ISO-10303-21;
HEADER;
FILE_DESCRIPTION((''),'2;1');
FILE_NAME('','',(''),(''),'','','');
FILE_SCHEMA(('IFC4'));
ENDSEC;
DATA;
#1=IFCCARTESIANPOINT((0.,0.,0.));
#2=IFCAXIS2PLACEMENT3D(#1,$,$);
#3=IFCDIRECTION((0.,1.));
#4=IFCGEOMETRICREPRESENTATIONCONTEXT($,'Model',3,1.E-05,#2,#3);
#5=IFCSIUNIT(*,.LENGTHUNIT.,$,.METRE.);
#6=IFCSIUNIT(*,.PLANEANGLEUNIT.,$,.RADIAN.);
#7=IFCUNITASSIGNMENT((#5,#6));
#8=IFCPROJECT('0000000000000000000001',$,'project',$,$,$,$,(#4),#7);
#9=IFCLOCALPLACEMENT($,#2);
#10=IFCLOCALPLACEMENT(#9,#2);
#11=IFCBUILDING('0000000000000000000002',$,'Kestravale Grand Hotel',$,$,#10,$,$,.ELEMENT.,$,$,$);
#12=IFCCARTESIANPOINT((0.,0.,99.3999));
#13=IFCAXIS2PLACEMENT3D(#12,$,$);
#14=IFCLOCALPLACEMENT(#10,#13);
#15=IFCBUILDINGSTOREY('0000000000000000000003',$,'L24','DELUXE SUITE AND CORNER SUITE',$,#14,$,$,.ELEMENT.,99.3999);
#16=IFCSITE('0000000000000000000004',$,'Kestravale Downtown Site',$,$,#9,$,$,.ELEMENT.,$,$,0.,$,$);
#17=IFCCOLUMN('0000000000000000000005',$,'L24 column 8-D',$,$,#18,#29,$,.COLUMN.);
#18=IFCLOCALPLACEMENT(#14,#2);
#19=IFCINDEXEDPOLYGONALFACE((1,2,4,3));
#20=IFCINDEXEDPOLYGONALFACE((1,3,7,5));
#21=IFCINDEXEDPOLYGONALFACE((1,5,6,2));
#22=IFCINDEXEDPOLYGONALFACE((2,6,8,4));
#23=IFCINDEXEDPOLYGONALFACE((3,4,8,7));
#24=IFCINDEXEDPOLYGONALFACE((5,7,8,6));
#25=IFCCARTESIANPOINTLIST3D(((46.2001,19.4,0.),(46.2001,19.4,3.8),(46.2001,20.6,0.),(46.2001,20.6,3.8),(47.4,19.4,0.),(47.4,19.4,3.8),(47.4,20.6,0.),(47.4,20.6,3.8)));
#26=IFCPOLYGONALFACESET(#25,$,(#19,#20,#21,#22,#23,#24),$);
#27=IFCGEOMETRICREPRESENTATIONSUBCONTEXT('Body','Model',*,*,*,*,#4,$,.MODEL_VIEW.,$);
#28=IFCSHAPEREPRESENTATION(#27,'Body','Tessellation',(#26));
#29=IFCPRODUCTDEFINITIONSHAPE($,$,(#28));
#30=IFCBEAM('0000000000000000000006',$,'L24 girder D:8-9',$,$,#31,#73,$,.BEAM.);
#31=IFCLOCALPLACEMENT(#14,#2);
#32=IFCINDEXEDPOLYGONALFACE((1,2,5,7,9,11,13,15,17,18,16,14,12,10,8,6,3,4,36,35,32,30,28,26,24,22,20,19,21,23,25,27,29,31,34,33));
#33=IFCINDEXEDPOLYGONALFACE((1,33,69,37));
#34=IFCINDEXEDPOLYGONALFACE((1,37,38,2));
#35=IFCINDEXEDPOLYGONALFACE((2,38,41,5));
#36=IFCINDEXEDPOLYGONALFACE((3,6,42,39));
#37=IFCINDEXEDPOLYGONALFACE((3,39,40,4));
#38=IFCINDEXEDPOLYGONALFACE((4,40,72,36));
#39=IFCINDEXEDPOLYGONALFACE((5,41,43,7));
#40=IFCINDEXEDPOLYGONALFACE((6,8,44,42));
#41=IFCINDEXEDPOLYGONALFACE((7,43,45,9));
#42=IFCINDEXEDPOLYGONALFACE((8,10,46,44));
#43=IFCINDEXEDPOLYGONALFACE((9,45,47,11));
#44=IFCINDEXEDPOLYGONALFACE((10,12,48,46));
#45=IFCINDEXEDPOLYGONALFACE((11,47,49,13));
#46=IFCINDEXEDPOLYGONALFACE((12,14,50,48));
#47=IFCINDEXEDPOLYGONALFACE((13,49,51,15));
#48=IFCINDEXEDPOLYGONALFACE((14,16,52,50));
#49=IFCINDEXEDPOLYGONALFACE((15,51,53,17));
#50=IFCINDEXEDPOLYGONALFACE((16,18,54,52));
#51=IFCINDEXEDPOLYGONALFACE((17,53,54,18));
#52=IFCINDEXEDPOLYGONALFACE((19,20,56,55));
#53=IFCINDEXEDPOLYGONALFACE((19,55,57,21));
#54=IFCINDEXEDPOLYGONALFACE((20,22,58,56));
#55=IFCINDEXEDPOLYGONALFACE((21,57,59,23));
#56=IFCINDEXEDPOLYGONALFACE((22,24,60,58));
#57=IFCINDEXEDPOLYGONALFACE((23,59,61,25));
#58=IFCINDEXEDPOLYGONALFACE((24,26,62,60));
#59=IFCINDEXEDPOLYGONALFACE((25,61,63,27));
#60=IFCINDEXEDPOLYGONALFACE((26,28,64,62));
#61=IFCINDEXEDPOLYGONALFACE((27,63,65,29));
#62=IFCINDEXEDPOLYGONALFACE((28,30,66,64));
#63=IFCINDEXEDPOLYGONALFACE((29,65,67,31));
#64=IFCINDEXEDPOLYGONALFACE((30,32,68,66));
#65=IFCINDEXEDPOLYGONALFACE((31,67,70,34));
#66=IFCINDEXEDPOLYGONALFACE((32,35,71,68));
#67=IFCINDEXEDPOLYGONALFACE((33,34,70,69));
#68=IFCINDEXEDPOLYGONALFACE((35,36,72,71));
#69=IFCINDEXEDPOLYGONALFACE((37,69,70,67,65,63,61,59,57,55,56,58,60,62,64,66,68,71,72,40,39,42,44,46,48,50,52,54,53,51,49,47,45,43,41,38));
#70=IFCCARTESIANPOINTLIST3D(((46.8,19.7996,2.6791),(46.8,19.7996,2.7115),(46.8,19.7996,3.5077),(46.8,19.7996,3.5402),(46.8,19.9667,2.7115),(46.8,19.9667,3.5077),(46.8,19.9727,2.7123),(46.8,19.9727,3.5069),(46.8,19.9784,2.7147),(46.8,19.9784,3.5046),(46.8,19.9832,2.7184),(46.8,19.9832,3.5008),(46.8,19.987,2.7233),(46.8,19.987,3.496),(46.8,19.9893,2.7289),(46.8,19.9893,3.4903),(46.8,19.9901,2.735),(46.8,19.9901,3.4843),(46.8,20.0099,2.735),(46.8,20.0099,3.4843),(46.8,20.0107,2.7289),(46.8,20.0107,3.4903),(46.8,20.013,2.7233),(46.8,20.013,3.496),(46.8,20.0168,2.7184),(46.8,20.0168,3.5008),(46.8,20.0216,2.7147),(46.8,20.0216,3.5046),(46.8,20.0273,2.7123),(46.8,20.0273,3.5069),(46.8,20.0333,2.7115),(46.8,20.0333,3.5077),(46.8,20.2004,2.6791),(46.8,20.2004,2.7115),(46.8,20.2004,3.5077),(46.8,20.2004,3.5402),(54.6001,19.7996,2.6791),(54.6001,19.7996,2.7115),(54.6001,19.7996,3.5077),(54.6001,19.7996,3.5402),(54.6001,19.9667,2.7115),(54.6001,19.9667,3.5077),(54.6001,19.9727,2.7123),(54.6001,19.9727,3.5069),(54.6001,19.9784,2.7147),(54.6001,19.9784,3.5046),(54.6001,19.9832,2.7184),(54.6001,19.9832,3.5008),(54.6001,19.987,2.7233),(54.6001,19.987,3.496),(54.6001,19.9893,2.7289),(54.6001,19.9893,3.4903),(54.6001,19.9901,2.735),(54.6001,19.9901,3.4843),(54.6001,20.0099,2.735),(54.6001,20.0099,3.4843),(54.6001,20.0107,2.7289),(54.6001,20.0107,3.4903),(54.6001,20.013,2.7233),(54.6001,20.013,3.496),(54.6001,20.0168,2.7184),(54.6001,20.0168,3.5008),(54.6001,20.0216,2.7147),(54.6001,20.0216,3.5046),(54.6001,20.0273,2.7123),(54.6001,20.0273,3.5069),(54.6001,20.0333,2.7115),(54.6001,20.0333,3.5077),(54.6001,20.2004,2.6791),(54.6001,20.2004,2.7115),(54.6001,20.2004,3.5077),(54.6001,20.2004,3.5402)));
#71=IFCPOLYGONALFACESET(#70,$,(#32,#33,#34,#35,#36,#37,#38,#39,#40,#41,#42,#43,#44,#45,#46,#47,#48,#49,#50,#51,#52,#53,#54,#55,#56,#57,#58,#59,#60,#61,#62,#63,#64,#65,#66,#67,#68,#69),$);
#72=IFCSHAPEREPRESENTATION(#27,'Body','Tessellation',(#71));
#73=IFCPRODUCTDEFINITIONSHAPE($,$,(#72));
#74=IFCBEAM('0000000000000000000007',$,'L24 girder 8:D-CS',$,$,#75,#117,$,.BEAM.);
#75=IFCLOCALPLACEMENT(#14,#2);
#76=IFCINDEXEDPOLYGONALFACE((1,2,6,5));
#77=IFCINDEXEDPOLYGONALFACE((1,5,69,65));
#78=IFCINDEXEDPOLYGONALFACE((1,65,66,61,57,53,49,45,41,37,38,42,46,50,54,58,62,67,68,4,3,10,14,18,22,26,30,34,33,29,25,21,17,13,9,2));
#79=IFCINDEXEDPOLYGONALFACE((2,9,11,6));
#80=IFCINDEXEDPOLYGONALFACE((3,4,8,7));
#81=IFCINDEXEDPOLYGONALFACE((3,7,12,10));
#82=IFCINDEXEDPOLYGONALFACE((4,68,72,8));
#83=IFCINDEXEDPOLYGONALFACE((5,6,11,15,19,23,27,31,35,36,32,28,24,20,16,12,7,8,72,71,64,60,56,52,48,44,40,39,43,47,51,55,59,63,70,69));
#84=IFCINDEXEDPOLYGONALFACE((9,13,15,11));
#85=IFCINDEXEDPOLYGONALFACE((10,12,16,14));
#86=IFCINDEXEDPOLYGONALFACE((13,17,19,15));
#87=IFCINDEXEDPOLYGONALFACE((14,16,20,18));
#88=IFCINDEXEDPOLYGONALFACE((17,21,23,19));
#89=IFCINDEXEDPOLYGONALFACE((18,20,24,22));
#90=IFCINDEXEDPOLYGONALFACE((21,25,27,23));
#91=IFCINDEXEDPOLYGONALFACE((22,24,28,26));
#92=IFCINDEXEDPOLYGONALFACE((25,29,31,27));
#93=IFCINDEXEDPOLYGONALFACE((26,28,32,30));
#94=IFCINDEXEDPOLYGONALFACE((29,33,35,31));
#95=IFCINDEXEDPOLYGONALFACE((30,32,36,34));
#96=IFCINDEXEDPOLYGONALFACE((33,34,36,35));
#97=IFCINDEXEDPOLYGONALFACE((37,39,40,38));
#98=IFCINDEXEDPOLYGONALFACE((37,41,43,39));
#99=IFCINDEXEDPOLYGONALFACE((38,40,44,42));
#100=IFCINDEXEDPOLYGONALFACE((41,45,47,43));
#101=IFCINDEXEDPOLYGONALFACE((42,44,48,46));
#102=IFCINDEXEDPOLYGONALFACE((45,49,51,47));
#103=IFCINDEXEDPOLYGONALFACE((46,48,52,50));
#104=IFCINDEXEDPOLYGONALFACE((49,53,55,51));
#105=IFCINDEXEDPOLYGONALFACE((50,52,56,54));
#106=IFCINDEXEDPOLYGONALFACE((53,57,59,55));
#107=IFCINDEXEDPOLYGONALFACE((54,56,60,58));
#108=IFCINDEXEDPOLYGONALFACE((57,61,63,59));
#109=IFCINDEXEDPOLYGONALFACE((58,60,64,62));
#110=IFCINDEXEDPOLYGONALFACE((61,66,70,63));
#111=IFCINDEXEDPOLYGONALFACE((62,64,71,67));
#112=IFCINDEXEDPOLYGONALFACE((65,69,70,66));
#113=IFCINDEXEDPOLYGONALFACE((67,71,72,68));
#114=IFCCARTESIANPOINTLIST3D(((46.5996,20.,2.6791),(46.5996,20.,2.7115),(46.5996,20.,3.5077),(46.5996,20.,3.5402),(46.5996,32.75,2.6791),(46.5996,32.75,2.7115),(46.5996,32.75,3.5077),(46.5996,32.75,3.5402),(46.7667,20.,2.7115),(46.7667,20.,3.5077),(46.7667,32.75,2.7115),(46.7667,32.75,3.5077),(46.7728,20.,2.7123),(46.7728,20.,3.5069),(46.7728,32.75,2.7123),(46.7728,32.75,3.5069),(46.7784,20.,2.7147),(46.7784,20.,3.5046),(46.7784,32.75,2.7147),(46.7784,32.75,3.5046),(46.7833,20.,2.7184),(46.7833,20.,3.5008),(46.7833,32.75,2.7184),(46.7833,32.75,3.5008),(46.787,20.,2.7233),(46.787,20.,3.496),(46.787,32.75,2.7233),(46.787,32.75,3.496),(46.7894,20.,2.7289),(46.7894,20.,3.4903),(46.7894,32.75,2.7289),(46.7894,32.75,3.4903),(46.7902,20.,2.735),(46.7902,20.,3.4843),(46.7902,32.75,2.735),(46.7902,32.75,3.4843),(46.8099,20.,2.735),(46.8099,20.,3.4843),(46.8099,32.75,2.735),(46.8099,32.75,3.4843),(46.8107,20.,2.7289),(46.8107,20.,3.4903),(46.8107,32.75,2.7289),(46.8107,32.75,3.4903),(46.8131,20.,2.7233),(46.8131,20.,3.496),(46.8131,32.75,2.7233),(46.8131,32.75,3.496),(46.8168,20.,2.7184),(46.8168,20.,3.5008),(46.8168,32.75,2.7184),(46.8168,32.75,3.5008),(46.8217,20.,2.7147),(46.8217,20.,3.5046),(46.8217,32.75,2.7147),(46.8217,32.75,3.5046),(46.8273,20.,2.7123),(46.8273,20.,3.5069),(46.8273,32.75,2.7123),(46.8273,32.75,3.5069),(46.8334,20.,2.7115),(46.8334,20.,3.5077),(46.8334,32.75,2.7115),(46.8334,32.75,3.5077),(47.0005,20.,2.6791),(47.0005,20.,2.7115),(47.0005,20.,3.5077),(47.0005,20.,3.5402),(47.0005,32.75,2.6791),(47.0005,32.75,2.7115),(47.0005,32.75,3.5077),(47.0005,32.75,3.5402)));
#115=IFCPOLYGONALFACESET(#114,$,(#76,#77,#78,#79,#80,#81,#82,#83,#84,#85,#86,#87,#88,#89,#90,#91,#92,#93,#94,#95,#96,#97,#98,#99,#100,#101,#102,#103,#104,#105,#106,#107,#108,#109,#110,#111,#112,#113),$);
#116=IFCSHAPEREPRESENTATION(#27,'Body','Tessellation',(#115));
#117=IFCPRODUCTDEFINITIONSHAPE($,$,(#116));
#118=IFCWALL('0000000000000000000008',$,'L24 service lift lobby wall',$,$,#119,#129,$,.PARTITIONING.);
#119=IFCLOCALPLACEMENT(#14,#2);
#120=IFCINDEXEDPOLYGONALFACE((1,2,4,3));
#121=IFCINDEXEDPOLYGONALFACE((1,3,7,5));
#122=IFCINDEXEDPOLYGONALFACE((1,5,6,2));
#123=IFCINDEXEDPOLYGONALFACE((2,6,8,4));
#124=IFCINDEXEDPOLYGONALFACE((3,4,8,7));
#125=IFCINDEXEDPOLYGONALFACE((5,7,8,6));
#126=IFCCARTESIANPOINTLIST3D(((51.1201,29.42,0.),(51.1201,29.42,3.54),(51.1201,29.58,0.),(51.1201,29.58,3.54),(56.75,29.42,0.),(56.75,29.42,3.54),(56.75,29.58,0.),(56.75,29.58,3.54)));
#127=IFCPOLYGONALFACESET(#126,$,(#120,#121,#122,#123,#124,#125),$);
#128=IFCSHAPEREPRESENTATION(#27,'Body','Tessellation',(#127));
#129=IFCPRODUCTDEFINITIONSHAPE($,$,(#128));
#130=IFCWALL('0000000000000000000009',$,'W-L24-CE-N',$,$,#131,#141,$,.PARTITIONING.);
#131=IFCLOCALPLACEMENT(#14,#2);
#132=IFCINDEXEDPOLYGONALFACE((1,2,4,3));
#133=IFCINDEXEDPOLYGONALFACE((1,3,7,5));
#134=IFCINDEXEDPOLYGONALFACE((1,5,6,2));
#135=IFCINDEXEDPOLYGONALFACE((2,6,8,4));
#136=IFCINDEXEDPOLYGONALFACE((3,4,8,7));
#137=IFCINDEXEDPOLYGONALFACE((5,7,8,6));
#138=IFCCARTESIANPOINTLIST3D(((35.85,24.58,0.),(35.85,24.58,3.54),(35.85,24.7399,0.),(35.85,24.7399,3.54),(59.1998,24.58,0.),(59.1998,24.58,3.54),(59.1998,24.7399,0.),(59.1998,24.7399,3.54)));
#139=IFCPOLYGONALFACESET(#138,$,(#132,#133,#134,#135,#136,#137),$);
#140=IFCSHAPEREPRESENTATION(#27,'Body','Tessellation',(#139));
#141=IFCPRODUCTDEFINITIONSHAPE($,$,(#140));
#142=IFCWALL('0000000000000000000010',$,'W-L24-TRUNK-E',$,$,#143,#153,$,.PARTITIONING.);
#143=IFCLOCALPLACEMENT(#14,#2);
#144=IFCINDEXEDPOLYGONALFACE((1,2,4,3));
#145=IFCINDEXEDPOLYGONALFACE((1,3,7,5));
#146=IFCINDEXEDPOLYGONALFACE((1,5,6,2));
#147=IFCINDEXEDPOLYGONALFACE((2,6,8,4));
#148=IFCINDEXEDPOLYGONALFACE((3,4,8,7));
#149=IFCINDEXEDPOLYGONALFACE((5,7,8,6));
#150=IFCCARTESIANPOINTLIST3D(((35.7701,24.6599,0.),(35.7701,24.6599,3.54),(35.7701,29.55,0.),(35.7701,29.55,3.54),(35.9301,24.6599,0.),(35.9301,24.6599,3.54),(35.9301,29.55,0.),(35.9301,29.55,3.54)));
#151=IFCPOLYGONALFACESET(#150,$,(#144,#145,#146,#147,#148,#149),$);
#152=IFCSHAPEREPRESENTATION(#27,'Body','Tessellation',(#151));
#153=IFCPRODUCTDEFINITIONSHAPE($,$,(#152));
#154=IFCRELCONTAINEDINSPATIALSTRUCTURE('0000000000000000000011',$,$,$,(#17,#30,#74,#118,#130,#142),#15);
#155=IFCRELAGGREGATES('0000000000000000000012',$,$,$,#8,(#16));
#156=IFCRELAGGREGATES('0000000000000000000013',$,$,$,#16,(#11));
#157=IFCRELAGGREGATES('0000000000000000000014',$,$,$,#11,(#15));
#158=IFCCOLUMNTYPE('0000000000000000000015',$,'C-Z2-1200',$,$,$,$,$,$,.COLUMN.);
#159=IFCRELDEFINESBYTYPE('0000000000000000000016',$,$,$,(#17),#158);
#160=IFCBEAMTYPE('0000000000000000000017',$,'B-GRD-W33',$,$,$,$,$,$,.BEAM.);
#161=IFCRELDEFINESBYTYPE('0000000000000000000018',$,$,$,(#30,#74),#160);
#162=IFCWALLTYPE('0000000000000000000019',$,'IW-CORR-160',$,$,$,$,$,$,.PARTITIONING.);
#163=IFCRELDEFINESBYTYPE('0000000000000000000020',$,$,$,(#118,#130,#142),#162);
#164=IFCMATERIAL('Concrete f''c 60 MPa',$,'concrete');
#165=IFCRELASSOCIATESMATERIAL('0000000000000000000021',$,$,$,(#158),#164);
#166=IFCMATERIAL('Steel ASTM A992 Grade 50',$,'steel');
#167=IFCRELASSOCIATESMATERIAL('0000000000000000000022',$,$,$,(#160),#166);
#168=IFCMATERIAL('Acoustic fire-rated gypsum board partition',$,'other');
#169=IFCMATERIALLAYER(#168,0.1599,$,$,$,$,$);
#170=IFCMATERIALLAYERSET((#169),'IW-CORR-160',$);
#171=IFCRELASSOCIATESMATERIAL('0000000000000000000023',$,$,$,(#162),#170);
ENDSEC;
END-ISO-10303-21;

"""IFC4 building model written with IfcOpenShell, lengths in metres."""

from ifc_helpers import new_model, si_unit, direction, frame, frame_2d, origin, origin_2d, place, context, subcontext, project, spatial, rectangle, i_section, extrude, material, layer, layer_set, material_profile, profile_set, type_object, element, save


model = new_model("IFC4")

# Units and contexts
model_context = context("Model", 3, precision=1e-05, world=origin(), true_north=direction((0.0, 1.0)))
body_context = subcontext(model_context, "Body", "Model", "MODEL_VIEW")
ifc_project = project(units=[si_unit("LENGTHUNIT", "METRE"), si_unit("PLANEANGLEUNIT", "RADIAN")], contexts=[model_context])

# Site, building, storey
site_placement = place(None, origin())
site = spatial("IfcSite", under=ifc_project, at=site_placement, Name="Kestravale Downtown Site", CompositionType="ELEMENT", RefElevation=0.0)
building_placement = place(site_placement, origin())
building = spatial("IfcBuilding", under=site, at=building_placement, Name="Kestravale Grand Hotel", CompositionType="ELEMENT")
storey_placement = place(building_placement, frame((0.0, 0.0, 99.3999)))
storey = spatial("IfcBuildingStorey", under=building, at=storey_placement, Name="L24", Description="DELUXE SUITE AND CORNER SUITE", CompositionType="ELEMENT", Elevation=99.3999)

# Column
ifc_material_1 = material(Name="Concrete f'c 60 MPa", Category="concrete")
ifc_material_profile_1 = material_profile(ifc_material_1, rectangle(XDim=1.2, YDim=1.2, at=origin_2d()))
ifc_profile_set_1 = profile_set([ifc_material_profile_1], Name="Concrete f'c 60 MPa")
column_type = type_object("IfcColumnType", Name="C-Z2-1200", PredefinedType="COLUMN", material=ifc_profile_set_1)
column_placement = place(storey_placement, frame((46.8, 20.0, 0.0), z_axis=(0.0, 0.0, 1.0), x_axis=(1.0, 0.0, 0.0)))
element("IfcColumn", 1, at=column_placement, inside=storey, type_object=column_type, Name="L24 column 8-D", PredefinedType="COLUMN", context=body_context, shape_type="SweptSolid", body=[
    extrude(rectangle(XDim=1.2, YDim=1.2, at=origin_2d()), origin(), (0.0, 0.0, 1.0), 3.8),
])

# Beams
ifc_material_2 = material(Name="Steel ASTM A992 Grade 50", Category="steel")
ifc_material_profile_2 = material_profile(ifc_material_2, i_section(OverallWidth=0.4009, OverallDepth=0.8611, WebThickness=0.0198, FlangeThickness=0.0325, FilletRadius=0.0234, at=origin_2d()))
ifc_profile_set_2 = profile_set([ifc_material_profile_2], Name="Steel ASTM A992 Grade 50")
beam_type = type_object("IfcBeamType", Name="B-GRD-W33", PredefinedType="BEAM", material=ifc_profile_set_2)
beam_1_placement = place(storey_placement, frame((46.8, 20.0, 3.1096), z_axis=(1.0, 0.0, 0.0), x_axis=(0.0, 1.0, 0.0)))
element("IfcBeam", 2, at=beam_1_placement, inside=storey, type_object=beam_type, Name="L24 girder D:8-9", PredefinedType="BEAM", context=body_context, shape_type="SweptSolid", body=[
    extrude(i_section(OverallWidth=0.4009, OverallDepth=0.8611, WebThickness=0.0198, FlangeThickness=0.0325, FilletRadius=0.0234, at=origin_2d()), origin(), (0.0, 0.0, 1.0), 7.8),
])
beam_2_placement = place(storey_placement, frame((46.8, 20.0, 3.1096), z_axis=(0.0, 1.0, 0.0), x_axis=(-1.0, 0.0, 0.0)))
element("IfcBeam", 3, at=beam_2_placement, inside=storey, type_object=beam_type, Name="L24 girder 8:D-CS", PredefinedType="BEAM", context=body_context, shape_type="SweptSolid", body=[
    extrude(i_section(OverallWidth=0.4009, OverallDepth=0.8611, WebThickness=0.0198, FlangeThickness=0.0325, FilletRadius=0.0234, at=origin_2d()), origin(), (0.0, 0.0, 1.0), 12.75),
])

# Shared definitions
ifc_material_3 = material(Name="Acoustic fire-rated gypsum board partition", Category="other")
ifc_layer_1 = layer(ifc_material_3, 0.1599)
ifc_layer_set_1 = layer_set([ifc_layer_1], Name="IW-CORR-160")
wall_type_1 = type_object("IfcWallType", Name="IW-CORR-160", PredefinedType="PARTITIONING", material=ifc_layer_set_1)

# Walls
wall_1_placement = place(storey_placement, frame((51.1201, 29.5, 0.0), z_axis=(0.0, 0.0, 1.0), x_axis=(1.0, 0.0, 0.0)))
element("IfcWall", 4, at=wall_1_placement, inside=storey, type_object=wall_type_1, Name="L24 service lift lobby wall", PredefinedType="PARTITIONING", context=body_context, shape_type="SweptSolid", body=[
    extrude(rectangle(XDim=5.6299, YDim=0.1599, at=frame_2d((2.8149, 0.0))), origin(), (0.0, 0.0, 1.0), 3.54),
])
wall_2_placement = place(storey_placement, frame((35.8501, 24.6599, 0.0), z_axis=(0.0, 0.0, 1.0), x_axis=(1.0, 0.0, 0.0)))
element("IfcWall", 5, at=wall_2_placement, inside=storey, type_object=wall_type_1, Name="W-L24-CE-N", PredefinedType="PARTITIONING", context=body_context, shape_type="SweptSolid", body=[
    extrude(rectangle(XDim=23.3499, YDim=0.1599, at=frame_2d((11.6748, 0.0))), origin(), (0.0, 0.0, 1.0), 3.54),
])
wall_3_placement = place(storey_placement, frame((35.8501, 24.6599, 0.0), z_axis=(0.0, 0.0, 1.0), x_axis=(0.0, 1.0, 0.0)))
element("IfcWall", 6, at=wall_3_placement, inside=storey, type_object=wall_type_1, Name="W-L24-TRUNK-E", PredefinedType="PARTITIONING", context=body_context, shape_type="SweptSolid", body=[
    extrude(rectangle(XDim=4.8901, YDim=0.1599, at=frame_2d((2.4451, 0.0))), origin(), (0.0, 0.0, 1.0), 3.54),
])

save(model, "model.ifc")
